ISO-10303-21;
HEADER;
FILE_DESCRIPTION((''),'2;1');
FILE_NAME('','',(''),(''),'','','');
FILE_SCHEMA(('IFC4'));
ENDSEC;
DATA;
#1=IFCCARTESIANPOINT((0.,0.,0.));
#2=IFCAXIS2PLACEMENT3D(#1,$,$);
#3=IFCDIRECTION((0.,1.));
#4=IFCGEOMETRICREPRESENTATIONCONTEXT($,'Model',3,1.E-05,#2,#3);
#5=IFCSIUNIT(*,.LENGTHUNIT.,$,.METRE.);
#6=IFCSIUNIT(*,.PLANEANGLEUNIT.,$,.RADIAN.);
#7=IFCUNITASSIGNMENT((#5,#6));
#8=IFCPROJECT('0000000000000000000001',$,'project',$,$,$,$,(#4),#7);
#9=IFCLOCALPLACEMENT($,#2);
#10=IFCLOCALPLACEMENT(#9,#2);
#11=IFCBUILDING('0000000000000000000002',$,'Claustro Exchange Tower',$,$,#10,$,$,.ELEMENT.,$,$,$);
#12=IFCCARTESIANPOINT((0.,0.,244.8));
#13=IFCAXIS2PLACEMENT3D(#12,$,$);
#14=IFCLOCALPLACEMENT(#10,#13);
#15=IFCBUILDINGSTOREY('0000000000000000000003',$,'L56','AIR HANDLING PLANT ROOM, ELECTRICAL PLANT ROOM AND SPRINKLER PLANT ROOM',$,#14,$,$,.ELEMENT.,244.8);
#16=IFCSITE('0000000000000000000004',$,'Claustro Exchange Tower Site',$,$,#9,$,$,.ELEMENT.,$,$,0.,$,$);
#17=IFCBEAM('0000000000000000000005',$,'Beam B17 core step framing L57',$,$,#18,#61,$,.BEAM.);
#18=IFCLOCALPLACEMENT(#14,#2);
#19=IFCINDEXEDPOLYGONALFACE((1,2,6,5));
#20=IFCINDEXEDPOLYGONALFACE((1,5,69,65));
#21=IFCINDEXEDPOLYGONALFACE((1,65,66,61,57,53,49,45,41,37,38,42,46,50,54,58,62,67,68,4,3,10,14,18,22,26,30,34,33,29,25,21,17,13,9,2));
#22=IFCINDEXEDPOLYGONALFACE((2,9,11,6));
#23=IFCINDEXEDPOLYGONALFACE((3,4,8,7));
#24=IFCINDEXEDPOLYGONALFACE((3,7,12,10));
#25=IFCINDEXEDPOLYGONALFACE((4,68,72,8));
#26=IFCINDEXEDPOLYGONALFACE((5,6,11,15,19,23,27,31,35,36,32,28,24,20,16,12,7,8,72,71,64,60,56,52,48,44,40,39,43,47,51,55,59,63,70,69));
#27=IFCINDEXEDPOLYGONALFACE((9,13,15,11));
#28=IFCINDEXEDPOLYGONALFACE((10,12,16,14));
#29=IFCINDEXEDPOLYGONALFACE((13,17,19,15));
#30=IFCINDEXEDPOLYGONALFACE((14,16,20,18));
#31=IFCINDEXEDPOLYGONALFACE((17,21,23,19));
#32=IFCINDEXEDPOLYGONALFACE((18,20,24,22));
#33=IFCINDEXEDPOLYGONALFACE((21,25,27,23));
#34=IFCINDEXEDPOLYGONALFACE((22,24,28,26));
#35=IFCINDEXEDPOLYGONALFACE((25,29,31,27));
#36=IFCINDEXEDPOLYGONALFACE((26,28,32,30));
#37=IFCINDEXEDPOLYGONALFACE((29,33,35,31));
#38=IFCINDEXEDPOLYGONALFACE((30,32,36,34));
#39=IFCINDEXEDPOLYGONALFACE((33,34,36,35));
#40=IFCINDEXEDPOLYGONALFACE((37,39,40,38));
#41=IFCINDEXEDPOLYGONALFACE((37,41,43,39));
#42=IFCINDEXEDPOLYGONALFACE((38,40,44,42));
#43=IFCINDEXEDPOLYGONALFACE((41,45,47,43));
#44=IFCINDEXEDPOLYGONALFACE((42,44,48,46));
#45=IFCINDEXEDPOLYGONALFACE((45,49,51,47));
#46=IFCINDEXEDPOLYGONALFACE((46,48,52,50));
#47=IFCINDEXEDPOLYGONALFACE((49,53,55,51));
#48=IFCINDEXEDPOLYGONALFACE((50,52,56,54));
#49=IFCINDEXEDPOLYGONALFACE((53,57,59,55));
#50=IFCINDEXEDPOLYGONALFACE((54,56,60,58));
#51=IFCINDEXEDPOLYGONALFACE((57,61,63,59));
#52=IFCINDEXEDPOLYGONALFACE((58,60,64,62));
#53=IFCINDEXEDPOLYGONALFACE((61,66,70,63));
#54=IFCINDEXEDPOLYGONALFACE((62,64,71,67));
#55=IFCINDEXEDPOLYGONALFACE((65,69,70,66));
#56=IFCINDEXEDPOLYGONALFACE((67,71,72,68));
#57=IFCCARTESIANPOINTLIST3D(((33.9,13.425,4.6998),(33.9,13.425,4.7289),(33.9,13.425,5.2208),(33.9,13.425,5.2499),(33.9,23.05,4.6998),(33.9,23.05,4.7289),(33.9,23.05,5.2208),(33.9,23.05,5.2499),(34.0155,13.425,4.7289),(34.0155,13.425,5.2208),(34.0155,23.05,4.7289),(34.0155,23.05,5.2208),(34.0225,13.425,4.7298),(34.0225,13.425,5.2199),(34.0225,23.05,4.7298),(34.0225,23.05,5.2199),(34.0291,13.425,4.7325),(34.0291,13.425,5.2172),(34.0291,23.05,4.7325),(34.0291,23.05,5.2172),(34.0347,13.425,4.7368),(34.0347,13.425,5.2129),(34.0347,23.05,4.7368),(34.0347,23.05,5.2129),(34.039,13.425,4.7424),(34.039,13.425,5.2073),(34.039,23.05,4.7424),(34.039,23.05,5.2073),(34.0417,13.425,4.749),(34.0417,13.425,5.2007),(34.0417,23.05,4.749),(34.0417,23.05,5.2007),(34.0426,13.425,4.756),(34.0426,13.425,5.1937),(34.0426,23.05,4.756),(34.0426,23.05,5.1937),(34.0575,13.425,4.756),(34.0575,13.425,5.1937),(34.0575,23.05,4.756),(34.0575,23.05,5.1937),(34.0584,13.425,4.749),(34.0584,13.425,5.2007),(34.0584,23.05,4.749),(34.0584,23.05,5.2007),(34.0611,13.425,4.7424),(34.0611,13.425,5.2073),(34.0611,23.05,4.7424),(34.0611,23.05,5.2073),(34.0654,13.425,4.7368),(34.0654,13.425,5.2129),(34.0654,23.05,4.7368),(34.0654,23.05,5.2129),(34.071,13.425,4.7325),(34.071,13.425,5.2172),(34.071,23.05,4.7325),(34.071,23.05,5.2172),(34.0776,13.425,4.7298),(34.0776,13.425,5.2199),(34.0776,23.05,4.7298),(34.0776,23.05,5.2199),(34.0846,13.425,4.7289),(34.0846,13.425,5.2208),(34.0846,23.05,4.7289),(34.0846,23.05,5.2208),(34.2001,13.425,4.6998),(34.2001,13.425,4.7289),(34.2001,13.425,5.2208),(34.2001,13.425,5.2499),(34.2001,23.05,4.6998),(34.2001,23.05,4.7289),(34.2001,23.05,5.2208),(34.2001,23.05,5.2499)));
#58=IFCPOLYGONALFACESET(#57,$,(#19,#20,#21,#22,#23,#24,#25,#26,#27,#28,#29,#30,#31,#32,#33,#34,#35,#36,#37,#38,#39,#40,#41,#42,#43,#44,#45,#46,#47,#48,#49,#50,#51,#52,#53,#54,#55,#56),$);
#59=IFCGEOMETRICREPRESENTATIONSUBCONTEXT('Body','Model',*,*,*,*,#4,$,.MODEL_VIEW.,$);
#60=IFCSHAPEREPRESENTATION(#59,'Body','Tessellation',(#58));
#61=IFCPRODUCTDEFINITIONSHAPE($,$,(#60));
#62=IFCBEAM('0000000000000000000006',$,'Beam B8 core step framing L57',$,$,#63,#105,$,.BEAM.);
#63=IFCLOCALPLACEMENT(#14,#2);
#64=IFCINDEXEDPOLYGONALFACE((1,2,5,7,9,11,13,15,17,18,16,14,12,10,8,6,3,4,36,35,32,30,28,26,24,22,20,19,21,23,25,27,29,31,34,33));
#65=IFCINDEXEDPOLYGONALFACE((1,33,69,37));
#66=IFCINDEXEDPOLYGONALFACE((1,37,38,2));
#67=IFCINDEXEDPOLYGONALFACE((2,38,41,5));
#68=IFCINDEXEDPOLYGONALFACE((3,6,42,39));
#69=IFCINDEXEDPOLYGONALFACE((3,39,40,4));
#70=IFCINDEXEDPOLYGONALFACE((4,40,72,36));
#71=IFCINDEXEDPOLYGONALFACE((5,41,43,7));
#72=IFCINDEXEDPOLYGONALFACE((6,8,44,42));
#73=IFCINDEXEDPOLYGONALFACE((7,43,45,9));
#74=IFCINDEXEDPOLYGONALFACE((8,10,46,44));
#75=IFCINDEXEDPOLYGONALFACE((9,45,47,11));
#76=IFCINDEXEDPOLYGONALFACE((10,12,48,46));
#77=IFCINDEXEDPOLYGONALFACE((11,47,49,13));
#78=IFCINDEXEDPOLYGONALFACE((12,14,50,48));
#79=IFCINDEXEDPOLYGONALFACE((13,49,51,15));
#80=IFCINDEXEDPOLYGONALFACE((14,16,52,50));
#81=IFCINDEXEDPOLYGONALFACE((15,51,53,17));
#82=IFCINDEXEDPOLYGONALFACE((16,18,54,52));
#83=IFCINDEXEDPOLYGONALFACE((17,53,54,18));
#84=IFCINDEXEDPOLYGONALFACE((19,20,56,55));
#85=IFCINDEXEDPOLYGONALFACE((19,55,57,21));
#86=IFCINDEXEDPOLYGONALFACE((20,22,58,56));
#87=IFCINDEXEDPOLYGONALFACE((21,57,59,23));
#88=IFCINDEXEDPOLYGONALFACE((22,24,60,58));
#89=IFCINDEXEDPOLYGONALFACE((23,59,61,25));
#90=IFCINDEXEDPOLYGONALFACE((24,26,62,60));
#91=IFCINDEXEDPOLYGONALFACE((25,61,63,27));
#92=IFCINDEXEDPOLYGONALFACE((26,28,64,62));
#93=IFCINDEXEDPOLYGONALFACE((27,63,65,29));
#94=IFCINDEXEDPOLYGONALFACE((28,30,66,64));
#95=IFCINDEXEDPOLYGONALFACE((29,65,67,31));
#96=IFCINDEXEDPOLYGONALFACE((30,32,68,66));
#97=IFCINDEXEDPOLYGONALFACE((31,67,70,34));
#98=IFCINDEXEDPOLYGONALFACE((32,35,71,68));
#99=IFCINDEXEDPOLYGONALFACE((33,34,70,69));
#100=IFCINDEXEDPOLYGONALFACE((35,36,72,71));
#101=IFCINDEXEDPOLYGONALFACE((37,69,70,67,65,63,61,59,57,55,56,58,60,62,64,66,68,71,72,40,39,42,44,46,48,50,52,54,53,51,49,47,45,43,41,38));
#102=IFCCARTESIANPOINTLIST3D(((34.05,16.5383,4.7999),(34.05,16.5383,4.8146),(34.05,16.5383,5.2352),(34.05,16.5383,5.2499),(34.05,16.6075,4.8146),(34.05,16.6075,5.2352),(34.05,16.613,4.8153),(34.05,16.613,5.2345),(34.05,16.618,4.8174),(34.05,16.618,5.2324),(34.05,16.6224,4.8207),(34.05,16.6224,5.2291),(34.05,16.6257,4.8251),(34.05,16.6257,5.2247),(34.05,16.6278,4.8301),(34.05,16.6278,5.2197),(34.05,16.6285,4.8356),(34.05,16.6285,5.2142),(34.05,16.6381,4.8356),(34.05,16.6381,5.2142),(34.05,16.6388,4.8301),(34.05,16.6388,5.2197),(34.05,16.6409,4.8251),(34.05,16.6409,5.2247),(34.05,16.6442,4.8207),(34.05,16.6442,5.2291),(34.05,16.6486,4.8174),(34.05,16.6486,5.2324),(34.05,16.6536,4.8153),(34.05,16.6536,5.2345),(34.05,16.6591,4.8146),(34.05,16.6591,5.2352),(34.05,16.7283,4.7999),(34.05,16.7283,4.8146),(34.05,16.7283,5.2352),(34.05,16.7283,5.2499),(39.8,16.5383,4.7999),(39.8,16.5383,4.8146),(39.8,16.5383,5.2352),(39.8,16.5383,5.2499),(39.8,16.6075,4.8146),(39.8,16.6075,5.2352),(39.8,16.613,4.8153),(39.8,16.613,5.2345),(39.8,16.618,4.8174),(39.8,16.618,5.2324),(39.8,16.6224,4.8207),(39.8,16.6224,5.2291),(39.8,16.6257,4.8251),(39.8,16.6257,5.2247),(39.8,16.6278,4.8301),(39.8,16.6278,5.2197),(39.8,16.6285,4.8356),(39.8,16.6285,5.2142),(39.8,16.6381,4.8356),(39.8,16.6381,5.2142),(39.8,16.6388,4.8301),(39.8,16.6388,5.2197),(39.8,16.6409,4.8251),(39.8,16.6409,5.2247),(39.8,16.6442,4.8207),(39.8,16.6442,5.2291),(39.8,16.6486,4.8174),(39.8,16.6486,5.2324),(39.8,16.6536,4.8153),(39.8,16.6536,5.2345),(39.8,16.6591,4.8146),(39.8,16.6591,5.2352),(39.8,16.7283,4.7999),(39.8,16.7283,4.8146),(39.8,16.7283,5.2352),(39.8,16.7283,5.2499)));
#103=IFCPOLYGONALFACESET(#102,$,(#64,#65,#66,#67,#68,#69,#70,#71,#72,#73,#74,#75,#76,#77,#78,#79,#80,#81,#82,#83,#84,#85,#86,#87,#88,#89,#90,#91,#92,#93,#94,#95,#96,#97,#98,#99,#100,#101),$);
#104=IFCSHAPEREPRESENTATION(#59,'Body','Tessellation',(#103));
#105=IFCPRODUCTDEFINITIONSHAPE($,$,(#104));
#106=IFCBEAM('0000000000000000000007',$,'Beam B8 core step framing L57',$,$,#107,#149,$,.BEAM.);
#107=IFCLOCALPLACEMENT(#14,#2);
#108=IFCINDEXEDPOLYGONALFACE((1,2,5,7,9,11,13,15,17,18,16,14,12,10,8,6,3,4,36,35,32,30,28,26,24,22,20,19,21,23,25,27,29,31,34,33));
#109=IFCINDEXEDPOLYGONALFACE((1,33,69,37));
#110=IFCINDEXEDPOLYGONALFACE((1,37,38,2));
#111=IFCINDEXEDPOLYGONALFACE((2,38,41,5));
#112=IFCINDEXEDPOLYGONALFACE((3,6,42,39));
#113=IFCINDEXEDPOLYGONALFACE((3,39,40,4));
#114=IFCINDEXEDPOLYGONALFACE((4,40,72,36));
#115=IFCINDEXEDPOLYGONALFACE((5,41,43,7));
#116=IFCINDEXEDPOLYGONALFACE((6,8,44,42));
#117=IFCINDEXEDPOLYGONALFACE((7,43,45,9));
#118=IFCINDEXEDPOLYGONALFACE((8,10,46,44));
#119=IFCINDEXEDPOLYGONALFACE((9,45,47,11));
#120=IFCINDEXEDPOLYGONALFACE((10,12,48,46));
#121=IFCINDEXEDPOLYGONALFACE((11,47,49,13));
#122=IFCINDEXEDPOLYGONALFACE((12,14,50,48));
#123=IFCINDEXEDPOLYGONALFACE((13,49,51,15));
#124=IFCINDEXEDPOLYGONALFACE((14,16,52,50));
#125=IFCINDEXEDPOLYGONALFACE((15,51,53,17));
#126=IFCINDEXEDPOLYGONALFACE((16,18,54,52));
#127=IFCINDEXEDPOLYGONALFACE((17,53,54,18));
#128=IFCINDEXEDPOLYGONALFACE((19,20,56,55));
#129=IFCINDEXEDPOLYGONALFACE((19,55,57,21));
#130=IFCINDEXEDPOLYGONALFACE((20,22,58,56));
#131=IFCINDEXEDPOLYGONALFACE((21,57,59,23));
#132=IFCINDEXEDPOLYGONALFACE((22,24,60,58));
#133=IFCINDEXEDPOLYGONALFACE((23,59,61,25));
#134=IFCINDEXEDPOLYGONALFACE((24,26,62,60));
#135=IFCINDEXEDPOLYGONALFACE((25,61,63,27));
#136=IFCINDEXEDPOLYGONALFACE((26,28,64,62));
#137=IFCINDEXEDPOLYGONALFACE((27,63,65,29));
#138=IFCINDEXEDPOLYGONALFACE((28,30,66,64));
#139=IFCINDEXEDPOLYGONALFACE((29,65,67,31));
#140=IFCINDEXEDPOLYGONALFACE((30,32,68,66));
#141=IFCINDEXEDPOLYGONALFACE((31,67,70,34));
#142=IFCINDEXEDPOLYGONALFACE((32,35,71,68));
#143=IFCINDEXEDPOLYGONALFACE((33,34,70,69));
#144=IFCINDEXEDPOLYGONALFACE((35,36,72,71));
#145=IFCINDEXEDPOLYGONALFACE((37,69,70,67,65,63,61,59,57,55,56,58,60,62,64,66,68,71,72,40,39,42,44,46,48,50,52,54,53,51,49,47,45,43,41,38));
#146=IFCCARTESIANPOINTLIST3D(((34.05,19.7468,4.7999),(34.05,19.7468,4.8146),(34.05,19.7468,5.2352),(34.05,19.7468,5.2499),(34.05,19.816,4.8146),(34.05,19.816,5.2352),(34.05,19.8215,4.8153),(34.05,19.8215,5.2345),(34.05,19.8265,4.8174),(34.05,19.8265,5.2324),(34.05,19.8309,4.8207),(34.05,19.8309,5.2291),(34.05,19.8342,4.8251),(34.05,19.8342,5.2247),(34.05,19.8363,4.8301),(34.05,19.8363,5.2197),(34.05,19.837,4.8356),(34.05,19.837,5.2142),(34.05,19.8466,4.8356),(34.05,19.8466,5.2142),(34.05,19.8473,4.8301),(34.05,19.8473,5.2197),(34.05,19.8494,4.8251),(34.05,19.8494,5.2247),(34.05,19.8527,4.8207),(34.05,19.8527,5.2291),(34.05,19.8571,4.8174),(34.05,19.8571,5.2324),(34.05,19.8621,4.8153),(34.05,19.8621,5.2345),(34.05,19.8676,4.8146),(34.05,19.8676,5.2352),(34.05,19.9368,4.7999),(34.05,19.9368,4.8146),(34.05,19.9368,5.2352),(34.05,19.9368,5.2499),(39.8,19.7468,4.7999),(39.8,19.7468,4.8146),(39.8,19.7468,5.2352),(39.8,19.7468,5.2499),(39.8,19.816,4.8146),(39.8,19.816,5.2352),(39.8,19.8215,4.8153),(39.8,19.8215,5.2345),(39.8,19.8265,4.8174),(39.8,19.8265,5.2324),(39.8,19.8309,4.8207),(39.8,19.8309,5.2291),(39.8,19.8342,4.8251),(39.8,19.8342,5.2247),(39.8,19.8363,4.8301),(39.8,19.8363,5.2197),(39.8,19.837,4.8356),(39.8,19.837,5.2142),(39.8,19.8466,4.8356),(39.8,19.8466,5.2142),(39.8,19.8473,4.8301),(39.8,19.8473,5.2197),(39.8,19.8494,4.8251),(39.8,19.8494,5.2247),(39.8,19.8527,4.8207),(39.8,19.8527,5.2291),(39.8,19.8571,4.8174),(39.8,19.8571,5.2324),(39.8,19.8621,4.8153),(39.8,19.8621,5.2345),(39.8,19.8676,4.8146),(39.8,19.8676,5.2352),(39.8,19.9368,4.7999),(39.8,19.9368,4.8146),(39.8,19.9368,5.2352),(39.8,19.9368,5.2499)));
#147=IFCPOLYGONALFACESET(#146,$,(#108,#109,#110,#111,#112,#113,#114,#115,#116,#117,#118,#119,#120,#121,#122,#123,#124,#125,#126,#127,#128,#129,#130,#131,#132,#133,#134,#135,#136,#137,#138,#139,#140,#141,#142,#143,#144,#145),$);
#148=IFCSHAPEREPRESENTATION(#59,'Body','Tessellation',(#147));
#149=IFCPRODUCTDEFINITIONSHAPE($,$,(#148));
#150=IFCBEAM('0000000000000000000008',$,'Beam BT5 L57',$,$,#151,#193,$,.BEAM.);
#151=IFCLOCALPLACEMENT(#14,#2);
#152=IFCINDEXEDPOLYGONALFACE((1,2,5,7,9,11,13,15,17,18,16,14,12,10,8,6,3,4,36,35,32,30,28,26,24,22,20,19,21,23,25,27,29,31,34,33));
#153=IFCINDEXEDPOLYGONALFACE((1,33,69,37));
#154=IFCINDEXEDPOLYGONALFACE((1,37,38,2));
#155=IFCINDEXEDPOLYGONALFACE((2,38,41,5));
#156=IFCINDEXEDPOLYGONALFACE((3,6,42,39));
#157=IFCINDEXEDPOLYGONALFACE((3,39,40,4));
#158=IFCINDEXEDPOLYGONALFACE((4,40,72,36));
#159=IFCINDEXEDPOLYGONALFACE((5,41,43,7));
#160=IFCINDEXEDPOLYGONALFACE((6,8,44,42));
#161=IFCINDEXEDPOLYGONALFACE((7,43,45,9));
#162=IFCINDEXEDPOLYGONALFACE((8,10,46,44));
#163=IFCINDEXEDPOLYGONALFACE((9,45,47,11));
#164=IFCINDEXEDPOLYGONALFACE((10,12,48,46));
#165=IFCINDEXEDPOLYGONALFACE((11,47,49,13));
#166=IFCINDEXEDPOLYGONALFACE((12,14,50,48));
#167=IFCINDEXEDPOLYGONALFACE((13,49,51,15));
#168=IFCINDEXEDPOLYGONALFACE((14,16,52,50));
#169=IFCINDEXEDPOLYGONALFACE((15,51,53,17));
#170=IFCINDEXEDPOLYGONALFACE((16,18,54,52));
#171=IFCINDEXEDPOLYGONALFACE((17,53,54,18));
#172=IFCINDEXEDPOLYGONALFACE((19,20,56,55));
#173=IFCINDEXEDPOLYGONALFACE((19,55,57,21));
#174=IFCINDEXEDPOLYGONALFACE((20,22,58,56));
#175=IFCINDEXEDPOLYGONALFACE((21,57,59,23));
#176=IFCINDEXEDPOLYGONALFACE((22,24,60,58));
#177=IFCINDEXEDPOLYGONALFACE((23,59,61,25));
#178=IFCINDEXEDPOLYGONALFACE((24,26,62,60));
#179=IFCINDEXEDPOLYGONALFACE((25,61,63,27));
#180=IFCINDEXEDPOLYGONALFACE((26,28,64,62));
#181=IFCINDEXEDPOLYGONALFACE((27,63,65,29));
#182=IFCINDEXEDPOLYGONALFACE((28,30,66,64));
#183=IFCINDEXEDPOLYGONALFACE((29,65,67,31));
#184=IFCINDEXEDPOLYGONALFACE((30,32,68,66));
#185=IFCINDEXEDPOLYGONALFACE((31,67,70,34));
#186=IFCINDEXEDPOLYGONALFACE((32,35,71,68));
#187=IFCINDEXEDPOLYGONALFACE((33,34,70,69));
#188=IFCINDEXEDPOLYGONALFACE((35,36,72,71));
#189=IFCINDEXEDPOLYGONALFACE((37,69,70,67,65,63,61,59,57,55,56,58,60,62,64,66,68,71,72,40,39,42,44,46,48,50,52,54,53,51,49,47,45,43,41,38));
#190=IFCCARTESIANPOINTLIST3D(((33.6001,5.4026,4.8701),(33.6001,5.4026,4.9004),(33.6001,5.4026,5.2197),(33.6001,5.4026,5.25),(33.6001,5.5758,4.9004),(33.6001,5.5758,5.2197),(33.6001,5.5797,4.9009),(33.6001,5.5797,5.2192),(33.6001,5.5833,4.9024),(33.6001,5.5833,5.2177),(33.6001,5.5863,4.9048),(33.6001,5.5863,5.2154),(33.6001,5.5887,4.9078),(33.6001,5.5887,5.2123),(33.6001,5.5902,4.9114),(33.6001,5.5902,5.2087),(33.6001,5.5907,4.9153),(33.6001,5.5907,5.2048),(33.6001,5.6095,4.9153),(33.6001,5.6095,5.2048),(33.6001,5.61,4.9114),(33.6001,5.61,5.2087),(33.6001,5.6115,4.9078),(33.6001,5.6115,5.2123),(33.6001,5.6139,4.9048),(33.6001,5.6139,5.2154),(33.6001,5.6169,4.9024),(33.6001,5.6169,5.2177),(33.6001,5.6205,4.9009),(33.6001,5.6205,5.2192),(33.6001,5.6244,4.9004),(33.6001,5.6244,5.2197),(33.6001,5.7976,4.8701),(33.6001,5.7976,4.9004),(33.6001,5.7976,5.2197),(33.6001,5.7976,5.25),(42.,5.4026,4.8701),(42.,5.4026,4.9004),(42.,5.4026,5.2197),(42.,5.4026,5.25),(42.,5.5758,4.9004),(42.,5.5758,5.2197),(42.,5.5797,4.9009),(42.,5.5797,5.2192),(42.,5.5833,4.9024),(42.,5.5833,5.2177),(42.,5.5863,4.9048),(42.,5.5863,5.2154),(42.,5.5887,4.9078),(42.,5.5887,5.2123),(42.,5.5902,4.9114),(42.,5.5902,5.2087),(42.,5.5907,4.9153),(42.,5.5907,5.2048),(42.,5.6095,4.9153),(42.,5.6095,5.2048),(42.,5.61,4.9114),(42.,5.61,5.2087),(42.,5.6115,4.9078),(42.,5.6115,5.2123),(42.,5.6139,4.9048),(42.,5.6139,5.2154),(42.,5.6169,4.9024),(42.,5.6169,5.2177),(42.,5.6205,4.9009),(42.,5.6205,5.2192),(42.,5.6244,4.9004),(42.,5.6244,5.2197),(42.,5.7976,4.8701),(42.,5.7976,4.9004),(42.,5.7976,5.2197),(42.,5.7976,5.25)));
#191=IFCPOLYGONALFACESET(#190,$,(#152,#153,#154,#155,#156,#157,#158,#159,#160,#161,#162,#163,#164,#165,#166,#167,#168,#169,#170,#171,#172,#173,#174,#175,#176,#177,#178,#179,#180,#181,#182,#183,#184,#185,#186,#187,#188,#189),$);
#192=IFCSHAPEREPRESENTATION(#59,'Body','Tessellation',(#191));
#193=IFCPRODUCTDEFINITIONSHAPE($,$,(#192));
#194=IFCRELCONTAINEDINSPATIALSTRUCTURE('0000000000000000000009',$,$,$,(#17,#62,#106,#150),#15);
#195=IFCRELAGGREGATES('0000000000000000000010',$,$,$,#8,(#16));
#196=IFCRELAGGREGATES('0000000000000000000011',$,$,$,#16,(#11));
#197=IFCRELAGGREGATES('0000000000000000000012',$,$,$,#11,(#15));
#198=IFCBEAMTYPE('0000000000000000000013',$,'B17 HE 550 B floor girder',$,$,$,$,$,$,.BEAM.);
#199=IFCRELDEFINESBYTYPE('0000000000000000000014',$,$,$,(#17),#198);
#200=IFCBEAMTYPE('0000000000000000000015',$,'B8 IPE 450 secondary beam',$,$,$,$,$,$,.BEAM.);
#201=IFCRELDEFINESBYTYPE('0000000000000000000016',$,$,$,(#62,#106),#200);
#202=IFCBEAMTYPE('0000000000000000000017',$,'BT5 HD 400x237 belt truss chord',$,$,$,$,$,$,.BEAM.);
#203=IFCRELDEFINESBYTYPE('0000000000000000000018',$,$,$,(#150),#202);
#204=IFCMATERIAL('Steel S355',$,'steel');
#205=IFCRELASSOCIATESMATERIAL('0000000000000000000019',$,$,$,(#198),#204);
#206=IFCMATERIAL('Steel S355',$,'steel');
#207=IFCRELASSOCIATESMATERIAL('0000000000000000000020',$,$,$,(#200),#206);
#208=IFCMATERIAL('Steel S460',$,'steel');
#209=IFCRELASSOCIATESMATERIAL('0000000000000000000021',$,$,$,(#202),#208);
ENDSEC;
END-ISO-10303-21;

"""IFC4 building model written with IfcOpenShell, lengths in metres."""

from ifc_helpers import new_model, si_unit, direction, frame, origin, origin_2d, place, context, subcontext, project, spatial, i_section, extrude, material, material_profile, profile_set, type_object, element, save


model = new_model("IFC4")

# Units and contexts
model_context = context("Model", 3, precision=1e-05, world=origin(), true_north=direction((0.0, 1.0)))
body_context = subcontext(model_context, "Body", "Model", "MODEL_VIEW")
ifc_project = project(units=[si_unit("LENGTHUNIT", "METRE"), si_unit("PLANEANGLEUNIT", "RADIAN")], contexts=[model_context])

# Site, building, storey
site_placement = place(None, origin())
site = spatial("IfcSite", under=ifc_project, at=site_placement, Name="Claustro Exchange Tower Site", CompositionType="ELEMENT", RefElevation=0.0)
building_placement = place(site_placement, origin())
building = spatial("IfcBuilding", under=site, at=building_placement, Name="Claustro Exchange Tower", CompositionType="ELEMENT")
storey_placement = place(building_placement, frame((0.0, 0.0, 244.8)))
storey = spatial("IfcBuildingStorey", under=building, at=storey_placement, Name="L56", Description="AIR HANDLING PLANT ROOM, ELECTRICAL PLANT ROOM AND SPRINKLER PLANT ROOM", CompositionType="ELEMENT", Elevation=244.8)

# Beams
ifc_material_1 = material(Name="Steel S355", Category="steel")
ifc_material_profile_1 = material_profile(ifc_material_1, i_section(OverallWidth=0.3, OverallDepth=0.55, WebThickness=0.0149, FlangeThickness=0.0291, FilletRadius=0.0271, at=origin_2d()), Name="HE 550 B")
ifc_profile_set_1 = profile_set([ifc_material_profile_1], Name="Steel S355")
beam_type_1 = type_object("IfcBeamType", Name="B17 HE 550 B floor girder", PredefinedType="BEAM", material=ifc_profile_set_1)
beam_1_placement = place(storey_placement, frame((34.05, 13.425, 4.9749), z_axis=(0.0, 1.0, 0.0), x_axis=(-1.0, 0.0, 0.0)))
element("IfcBeam", 1, at=beam_1_placement, inside=storey, type_object=beam_type_1, Name="Beam B17 core step framing L57", PredefinedType="BEAM", context=body_context, shape_type="SweptSolid", body=[
    extrude(i_section(OverallWidth=0.3, OverallDepth=0.55, WebThickness=0.0149, FlangeThickness=0.0291, FilletRadius=0.0271, at=origin_2d()), origin(), (0.0, 0.0, 1.0), 9.625),
])
ifc_material_2 = material(Name="Steel S355", Category="steel")
ifc_material_profile_2 = material_profile(ifc_material_2, i_section(OverallWidth=0.1899, OverallDepth=0.45, WebThickness=0.0095, FlangeThickness=0.0146, FilletRadius=0.021, at=origin_2d()), Name="IPE 450")
ifc_profile_set_2 = profile_set([ifc_material_profile_2], Name="Steel S355")
beam_type_2 = type_object("IfcBeamType", Name="B8 IPE 450 secondary beam", PredefinedType="BEAM", material=ifc_profile_set_2)
for number, where, z_axis, x_axis, name in (
    (2, (34.05, 16.6333, 5.0249), (1.0, 0.0, 0.0), (0.0, 1.0, 0.0), "Beam B8 core step framing L57"),
    (3, (34.05, 19.8418, 5.0249), (1.0, 0.0, 0.0), (0.0, 1.0, 0.0), "Beam B8 core step framing L57"),
):
    element("IfcBeam", number, at=place(storey_placement, frame(where, z_axis=z_axis, x_axis=x_axis)), inside=storey, type_object=beam_type_2, Name=name, PredefinedType="BEAM", context=body_context, shape_type="SweptSolid", body=[
        extrude(i_section(OverallWidth=0.1899, OverallDepth=0.45, WebThickness=0.0095, FlangeThickness=0.0146, FilletRadius=0.021, at=origin_2d()), origin(), (0.0, 0.0, 1.0), 5.75),
    ])
ifc_material_3 = material(Name="Steel S460", Category="steel")
ifc_material_profile_3 = material_profile(ifc_material_3, i_section(OverallWidth=0.395, OverallDepth=0.3799, WebThickness=0.0188, FlangeThickness=0.0303, FilletRadius=0.0149, at=origin_2d()), Name="HD 400x237")
ifc_profile_set_3 = profile_set([ifc_material_profile_3], Name="Steel S460")
beam_type_3 = type_object("IfcBeamType", Name="BT5 HD 400x237 belt truss chord", PredefinedType="BEAM", material=ifc_profile_set_3)
beam_2_placement = place(storey_placement, frame((33.6001, 5.6001, 5.0601), z_axis=(1.0, 0.0, 0.0), x_axis=(0.0, 1.0, 0.0)))
element("IfcBeam", 4, at=beam_2_placement, inside=storey, type_object=beam_type_3, Name="Beam BT5 L57", PredefinedType="BEAM", context=body_context, shape_type="SweptSolid", body=[
    extrude(i_section(OverallWidth=0.395, OverallDepth=0.3799, WebThickness=0.0188, FlangeThickness=0.0303, FilletRadius=0.0149, at=origin_2d()), origin(), (0.0, 0.0, 1.0), 8.3999),
])

save(model, "model.ifc")
